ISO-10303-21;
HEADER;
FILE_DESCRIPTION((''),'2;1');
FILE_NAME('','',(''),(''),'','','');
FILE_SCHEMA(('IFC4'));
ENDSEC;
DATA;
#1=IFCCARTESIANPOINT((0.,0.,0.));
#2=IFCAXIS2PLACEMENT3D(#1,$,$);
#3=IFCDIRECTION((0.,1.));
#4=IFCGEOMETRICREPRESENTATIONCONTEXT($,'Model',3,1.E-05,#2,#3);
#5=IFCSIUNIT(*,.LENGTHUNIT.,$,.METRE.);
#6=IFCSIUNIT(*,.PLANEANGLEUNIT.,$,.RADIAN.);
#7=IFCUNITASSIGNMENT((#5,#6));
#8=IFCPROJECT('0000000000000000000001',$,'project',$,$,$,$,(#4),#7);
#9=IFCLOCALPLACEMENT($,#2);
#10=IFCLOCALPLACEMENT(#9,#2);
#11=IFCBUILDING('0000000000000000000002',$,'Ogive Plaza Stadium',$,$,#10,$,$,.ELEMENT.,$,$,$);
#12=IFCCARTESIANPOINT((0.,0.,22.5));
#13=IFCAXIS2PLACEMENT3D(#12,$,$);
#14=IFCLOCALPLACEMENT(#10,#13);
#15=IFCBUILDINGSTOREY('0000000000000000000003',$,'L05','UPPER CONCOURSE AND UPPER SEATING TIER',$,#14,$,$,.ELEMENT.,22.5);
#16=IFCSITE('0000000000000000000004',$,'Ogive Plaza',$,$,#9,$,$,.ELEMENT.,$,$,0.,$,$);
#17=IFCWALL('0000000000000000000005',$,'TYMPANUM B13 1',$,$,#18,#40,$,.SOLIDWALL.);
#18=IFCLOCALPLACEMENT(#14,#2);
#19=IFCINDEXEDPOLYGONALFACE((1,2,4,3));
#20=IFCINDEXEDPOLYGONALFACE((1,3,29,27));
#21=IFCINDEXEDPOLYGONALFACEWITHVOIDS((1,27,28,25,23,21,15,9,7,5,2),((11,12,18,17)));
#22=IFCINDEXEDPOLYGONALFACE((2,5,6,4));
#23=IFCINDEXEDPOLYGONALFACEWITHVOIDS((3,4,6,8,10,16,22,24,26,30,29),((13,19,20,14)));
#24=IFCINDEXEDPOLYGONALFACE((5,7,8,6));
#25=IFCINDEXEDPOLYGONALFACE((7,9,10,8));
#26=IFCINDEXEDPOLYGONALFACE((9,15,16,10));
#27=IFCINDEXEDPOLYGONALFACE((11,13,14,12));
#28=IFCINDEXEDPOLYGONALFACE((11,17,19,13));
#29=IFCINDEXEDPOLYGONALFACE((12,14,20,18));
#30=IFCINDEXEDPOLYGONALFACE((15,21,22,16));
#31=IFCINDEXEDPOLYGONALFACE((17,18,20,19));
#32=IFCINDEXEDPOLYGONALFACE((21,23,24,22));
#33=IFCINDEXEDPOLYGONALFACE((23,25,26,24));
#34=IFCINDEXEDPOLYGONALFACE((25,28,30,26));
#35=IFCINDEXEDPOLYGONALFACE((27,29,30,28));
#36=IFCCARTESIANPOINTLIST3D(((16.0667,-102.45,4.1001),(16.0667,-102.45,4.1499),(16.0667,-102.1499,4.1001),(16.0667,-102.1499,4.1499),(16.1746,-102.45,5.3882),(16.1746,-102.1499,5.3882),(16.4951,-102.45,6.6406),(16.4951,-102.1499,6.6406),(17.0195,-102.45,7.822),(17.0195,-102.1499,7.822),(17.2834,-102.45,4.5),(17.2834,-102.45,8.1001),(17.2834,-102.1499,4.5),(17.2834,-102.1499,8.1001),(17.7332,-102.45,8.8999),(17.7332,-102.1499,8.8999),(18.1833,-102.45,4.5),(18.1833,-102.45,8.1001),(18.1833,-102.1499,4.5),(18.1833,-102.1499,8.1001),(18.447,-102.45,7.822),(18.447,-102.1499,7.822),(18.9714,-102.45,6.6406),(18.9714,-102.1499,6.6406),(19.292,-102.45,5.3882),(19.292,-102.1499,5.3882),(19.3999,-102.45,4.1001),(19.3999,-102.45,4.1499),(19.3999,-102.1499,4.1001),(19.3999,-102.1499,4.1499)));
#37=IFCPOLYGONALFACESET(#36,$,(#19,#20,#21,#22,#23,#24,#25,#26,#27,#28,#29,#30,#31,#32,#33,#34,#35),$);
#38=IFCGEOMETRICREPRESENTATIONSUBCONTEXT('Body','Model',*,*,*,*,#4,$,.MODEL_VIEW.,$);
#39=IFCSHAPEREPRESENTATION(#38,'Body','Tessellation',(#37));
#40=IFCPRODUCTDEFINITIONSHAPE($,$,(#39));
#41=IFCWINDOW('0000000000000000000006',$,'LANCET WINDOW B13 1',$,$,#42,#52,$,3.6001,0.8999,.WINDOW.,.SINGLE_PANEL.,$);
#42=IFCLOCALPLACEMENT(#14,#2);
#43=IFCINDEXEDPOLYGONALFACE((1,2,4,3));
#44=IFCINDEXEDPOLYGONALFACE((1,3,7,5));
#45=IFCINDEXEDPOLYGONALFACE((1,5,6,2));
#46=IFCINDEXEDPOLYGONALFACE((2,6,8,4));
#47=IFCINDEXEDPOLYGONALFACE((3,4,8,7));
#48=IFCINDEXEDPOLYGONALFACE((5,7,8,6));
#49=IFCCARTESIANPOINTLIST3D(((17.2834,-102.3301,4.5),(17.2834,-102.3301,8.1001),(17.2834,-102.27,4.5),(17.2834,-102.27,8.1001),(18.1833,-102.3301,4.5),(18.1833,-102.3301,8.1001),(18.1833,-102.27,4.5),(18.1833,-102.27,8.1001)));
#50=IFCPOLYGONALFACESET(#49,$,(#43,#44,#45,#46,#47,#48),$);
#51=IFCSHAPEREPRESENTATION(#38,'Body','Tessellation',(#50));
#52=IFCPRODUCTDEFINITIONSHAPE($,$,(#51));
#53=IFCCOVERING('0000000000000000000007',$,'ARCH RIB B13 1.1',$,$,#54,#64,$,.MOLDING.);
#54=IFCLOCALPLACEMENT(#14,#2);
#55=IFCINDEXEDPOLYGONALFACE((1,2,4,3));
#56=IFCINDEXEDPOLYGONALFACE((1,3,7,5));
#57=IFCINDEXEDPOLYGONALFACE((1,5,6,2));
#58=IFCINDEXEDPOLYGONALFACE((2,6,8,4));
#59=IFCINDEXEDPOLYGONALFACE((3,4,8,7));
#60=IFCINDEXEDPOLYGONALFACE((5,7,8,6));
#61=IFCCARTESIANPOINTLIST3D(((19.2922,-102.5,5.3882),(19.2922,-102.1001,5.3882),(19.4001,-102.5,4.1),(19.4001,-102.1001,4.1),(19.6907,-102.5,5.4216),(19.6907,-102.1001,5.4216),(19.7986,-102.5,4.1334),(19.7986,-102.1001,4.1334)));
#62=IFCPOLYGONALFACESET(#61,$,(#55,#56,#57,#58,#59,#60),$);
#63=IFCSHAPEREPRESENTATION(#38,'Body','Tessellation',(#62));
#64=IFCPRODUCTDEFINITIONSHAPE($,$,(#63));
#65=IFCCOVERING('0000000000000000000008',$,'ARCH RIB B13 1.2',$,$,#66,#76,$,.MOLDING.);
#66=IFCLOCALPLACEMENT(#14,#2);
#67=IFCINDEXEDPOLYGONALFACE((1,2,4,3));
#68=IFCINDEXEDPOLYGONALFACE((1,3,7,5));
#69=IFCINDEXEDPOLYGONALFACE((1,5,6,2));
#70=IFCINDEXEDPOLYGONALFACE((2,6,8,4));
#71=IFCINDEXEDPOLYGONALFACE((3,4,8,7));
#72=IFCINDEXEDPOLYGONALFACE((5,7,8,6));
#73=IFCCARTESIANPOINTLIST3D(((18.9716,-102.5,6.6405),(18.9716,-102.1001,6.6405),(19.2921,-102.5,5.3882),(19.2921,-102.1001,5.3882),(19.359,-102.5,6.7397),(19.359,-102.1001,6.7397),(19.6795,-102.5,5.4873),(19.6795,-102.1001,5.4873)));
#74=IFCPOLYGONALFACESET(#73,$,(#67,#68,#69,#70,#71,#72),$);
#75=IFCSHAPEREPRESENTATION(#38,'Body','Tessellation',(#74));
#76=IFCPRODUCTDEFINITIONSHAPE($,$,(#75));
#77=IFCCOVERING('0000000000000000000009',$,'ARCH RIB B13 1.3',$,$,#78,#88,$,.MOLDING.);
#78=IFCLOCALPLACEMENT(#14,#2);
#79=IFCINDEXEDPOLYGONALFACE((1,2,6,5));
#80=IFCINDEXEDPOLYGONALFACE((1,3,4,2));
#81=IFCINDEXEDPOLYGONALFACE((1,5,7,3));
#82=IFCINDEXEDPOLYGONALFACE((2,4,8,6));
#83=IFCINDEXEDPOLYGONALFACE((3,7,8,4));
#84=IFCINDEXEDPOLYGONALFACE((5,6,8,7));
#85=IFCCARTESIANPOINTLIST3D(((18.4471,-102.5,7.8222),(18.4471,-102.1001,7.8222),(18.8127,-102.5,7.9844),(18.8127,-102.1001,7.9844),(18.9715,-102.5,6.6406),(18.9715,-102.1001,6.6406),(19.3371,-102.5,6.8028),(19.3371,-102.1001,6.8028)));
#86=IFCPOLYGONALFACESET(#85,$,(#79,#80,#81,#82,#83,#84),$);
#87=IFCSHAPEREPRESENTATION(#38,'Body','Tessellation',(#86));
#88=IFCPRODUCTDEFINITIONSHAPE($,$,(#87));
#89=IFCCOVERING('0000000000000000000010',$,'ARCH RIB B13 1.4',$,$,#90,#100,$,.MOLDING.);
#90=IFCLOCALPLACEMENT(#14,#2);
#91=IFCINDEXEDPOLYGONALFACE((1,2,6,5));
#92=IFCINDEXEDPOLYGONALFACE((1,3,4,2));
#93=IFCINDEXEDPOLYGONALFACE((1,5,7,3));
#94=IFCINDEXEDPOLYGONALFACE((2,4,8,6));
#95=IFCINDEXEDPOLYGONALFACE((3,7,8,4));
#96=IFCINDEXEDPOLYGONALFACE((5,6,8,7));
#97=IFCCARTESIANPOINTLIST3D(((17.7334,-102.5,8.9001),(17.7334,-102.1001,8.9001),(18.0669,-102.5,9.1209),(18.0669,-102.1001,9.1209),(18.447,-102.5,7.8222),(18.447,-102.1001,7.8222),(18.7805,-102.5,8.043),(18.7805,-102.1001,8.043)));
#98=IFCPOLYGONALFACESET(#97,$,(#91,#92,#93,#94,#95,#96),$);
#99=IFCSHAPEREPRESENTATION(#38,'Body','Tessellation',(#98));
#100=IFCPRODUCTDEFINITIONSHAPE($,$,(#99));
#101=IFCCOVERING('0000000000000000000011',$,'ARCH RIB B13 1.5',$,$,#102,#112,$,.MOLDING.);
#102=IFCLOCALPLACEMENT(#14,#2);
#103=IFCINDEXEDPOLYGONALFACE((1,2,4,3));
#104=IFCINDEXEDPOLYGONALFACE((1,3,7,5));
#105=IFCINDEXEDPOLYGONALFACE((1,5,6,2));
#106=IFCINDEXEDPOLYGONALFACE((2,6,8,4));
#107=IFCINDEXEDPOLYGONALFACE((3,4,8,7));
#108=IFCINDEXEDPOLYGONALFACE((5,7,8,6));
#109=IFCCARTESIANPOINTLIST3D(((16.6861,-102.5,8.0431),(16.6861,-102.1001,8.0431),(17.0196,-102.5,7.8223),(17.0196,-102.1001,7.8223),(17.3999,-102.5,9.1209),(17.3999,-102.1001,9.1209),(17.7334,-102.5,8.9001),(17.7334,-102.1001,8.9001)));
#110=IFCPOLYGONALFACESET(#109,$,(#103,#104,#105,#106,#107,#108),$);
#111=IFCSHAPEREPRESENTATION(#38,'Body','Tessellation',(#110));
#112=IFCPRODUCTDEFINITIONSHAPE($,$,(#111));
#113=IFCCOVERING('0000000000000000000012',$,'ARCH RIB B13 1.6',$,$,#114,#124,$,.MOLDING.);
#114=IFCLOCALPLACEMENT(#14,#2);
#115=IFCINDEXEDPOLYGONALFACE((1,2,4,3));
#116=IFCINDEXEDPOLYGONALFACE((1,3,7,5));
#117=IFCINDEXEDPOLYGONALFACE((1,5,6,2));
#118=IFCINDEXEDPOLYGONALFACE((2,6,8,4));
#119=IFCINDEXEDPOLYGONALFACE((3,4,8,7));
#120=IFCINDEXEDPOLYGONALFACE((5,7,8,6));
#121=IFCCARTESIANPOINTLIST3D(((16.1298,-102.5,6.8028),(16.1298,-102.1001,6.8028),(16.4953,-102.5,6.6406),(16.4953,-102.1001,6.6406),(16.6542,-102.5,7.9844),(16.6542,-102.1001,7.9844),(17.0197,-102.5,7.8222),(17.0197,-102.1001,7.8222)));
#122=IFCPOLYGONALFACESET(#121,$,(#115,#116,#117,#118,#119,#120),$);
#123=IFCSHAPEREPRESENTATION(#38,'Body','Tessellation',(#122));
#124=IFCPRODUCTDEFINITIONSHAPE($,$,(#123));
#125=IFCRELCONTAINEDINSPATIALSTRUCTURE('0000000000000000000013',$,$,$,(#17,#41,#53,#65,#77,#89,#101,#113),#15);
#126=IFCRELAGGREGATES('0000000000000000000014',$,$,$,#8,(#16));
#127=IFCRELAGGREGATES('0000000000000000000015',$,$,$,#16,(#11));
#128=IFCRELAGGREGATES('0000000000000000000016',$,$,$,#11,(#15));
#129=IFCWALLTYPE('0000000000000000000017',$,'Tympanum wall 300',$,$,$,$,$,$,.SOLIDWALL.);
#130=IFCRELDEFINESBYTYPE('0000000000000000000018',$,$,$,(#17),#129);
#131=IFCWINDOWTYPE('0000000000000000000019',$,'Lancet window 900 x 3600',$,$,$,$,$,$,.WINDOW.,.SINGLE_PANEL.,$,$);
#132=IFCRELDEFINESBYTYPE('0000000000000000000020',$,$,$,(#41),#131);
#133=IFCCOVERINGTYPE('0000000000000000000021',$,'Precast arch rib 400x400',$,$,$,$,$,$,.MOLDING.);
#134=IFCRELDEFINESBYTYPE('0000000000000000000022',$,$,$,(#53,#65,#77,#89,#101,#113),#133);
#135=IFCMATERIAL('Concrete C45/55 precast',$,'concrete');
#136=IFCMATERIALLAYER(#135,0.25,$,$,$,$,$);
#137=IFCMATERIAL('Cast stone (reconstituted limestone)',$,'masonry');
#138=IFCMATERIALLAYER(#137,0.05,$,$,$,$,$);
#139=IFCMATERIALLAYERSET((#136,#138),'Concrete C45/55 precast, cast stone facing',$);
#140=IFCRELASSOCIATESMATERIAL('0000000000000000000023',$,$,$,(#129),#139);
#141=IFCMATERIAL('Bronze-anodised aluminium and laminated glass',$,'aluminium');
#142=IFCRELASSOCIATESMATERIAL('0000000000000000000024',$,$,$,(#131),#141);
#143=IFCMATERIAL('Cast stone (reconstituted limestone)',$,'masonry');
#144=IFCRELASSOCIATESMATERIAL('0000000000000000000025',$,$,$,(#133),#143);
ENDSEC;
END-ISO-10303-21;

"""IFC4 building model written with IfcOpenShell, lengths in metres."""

from ifc_helpers import new_model, si_unit, direction, frame, frame_2d, origin, origin_2d, place, context, subcontext, project, spatial, polyline, rectangle, outline, extrude, material, layer, layer_set, material_profile, profile_set, type_object, element, fill, save


model = new_model("IFC4")

# Units and contexts
model_context = context("Model", 3, precision=1e-05, world=origin(), true_north=direction((0.0, 1.0)))
body_context = subcontext(model_context, "Body", "Model", "MODEL_VIEW")
ifc_project = project(units=[si_unit("LENGTHUNIT", "METRE"), si_unit("PLANEANGLEUNIT", "RADIAN")], contexts=[model_context])

# Site, building, storey
site_placement = place(None, origin())
site = spatial("IfcSite", under=ifc_project, at=site_placement, Name="Ogive Plaza", CompositionType="ELEMENT", RefElevation=0.0)
building_placement = place(site_placement, origin())
building = spatial("IfcBuilding", under=site, at=building_placement, Name="Ogive Plaza Stadium", CompositionType="ELEMENT")
storey_placement = place(building_placement, frame((0.0, 0.0, 22.5)))
storey = spatial("IfcBuildingStorey", under=building, at=storey_placement, Name="L05", Description="UPPER CONCOURSE AND UPPER SEATING TIER", CompositionType="ELEMENT", Elevation=22.5)

# Wall, opening, window
ifc_material_1 = material(Name="Concrete C45/55 precast", Category="concrete")
ifc_layer_1 = layer(ifc_material_1, 0.25)
ifc_material_2 = material(Name="Cast stone (reconstituted limestone)", Category="masonry")
ifc_layer_2 = layer(ifc_material_2, 0.05)
ifc_layer_set_1 = layer_set([ifc_layer_1, ifc_layer_2], Name="Concrete C45/55 precast, cast stone facing")
wall_type = type_object("IfcWallType", Name="Tympanum wall 300", PredefinedType="SOLIDWALL", material=ifc_layer_set_1)
wall_placement = place(storey_placement, frame((19.3999, -102.3, 4.1001), z_axis=(0.0, 0.0, 1.0), x_axis=(-1.0, 0.0, 0.0)))
wall = element("IfcWall", 1, at=wall_placement, inside=storey, type_object=wall_type, Name="TYMPANUM B13 1", PredefinedType="SOLIDWALL", context=body_context, shape_type="SweptSolid", body=[
    extrude(outline(polyline([(0.0, 0.0), (3.3333, 0.0), (3.3333, 0.0498), (3.2253, 1.2881), (2.9048, 2.5405), (2.3804, 3.7219), (1.6667, 4.7998), (0.9529, 3.7219), (0.4285, 2.5405), (0.1079, 1.2881), (0.0, 0.0498), (0.0, 0.0)])), frame((0.0, 0.1499, 0.0), z_axis=(0.0, -1.0, 0.0), x_axis=(1.0, 0.0, 0.0)), (0.0, 0.0, 1.0), 0.3),
])
opening_placement = place(wall_placement, frame((1.2166, 0.0, 0.3999)))
opening = element("IfcOpeningElement", 2, at=opening_placement, cuts=wall, PredefinedType="OPENING", context=body_context, shape_type="SweptSolid", body=[
    extrude(rectangle(XDim=0.8999, YDim=3.6001, at=frame_2d((0.45, 1.8))), frame((0.0, 0.1602, 0.0), z_axis=(0.0, -1.0, 0.0), x_axis=(1.0, 0.0, 0.0)), (0.0, 0.0, 1.0), 0.3201),
])
ifc_material_3 = material(Name="Bronze-anodised aluminium and laminated glass", Category="aluminium")
window_type = type_object("IfcWindowType", Name="Lancet window 900 x 3600", PartitioningType="SINGLE_PANEL", PredefinedType="WINDOW", material=ifc_material_3)
window_placement = place(opening_placement, origin())
window = element("IfcWindow", 3, at=window_placement, inside=storey, type_object=window_type, Name="LANCET WINDOW B13 1", OverallHeight=3.6001, OverallWidth=0.8999, PartitioningType="SINGLE_PANEL", PredefinedType="WINDOW", context=body_context, shape_type="SweptSolid", body=[
    extrude(rectangle(XDim=0.8999, YDim=3.6001, at=frame_2d((0.45, 1.8))), frame((0.0, 0.03, 0.0), z_axis=(0.0, -1.0, 0.0), x_axis=(1.0, 0.0, 0.0)), (0.0, 0.0, 1.0), 0.0601),
])
fill(opening, window)

# Coverings
ifc_material_4 = material(Name="Cast stone (reconstituted limestone)", Category="masonry")
ifc_material_profile_1 = material_profile(ifc_material_4, rectangle(XDim=0.3999, YDim=0.3999, at=origin_2d()), Name="Cast stone 400x400")
ifc_profile_set_1 = profile_set([ifc_material_profile_1], Name="Cast stone (reconstituted limestone)")
covering_type = type_object("IfcCoveringType", Name="Precast arch rib 400x400", PredefinedType="MOLDING", material=ifc_profile_set_1)
for number, where, z_axis, x_axis, name in (
    (4, (19.5994, -102.3, 4.1167), (-0.083467, 0.0, 0.996511), (0.0, -1.0, 0.0), "ARCH RIB B13 1.1"),
    (5, (19.4858, -102.3, 5.4377), (-0.247953, 0.0, 0.968772), (0.0, -1.0, 0.0), "ARCH RIB B13 1.2"),
    (6, (19.1543, -102.3, 6.7217), (-0.405648, 0.0, 0.914029), (0.0, -1.0, 0.0), "ARCH RIB B13 1.3"),
    (7, (18.6138, -102.3, 7.9326), (-0.552039, 0.0, 0.833818), (0.0, -1.0, 0.0), "ARCH RIB B13 1.4"),
    (8, (17.5667, -102.3, 9.0105), (-0.55217, 0.0, -0.833731), (0.0, -1.0, 0.0), "ARCH RIB B13 1.5"),
    (9, (16.8369, -102.3, 7.9033), (-0.405648, 0.0, -0.914029), (0.0, -1.0, 0.0), "ARCH RIB B13 1.6"),
):
    element("IfcCovering", number, at=place(storey_placement, frame(where, z_axis=z_axis, x_axis=x_axis)), inside=storey, type_object=covering_type, Name=name, PredefinedType="MOLDING", context=body_context, shape_type="SweptSolid", body=[
        extrude(rectangle(XDim=0.3999, YDim=0.3999, at=origin_2d()), origin(), (0.0, 0.0, 1.0), 1.2927),
    ])

save(model, "model.ifc")
